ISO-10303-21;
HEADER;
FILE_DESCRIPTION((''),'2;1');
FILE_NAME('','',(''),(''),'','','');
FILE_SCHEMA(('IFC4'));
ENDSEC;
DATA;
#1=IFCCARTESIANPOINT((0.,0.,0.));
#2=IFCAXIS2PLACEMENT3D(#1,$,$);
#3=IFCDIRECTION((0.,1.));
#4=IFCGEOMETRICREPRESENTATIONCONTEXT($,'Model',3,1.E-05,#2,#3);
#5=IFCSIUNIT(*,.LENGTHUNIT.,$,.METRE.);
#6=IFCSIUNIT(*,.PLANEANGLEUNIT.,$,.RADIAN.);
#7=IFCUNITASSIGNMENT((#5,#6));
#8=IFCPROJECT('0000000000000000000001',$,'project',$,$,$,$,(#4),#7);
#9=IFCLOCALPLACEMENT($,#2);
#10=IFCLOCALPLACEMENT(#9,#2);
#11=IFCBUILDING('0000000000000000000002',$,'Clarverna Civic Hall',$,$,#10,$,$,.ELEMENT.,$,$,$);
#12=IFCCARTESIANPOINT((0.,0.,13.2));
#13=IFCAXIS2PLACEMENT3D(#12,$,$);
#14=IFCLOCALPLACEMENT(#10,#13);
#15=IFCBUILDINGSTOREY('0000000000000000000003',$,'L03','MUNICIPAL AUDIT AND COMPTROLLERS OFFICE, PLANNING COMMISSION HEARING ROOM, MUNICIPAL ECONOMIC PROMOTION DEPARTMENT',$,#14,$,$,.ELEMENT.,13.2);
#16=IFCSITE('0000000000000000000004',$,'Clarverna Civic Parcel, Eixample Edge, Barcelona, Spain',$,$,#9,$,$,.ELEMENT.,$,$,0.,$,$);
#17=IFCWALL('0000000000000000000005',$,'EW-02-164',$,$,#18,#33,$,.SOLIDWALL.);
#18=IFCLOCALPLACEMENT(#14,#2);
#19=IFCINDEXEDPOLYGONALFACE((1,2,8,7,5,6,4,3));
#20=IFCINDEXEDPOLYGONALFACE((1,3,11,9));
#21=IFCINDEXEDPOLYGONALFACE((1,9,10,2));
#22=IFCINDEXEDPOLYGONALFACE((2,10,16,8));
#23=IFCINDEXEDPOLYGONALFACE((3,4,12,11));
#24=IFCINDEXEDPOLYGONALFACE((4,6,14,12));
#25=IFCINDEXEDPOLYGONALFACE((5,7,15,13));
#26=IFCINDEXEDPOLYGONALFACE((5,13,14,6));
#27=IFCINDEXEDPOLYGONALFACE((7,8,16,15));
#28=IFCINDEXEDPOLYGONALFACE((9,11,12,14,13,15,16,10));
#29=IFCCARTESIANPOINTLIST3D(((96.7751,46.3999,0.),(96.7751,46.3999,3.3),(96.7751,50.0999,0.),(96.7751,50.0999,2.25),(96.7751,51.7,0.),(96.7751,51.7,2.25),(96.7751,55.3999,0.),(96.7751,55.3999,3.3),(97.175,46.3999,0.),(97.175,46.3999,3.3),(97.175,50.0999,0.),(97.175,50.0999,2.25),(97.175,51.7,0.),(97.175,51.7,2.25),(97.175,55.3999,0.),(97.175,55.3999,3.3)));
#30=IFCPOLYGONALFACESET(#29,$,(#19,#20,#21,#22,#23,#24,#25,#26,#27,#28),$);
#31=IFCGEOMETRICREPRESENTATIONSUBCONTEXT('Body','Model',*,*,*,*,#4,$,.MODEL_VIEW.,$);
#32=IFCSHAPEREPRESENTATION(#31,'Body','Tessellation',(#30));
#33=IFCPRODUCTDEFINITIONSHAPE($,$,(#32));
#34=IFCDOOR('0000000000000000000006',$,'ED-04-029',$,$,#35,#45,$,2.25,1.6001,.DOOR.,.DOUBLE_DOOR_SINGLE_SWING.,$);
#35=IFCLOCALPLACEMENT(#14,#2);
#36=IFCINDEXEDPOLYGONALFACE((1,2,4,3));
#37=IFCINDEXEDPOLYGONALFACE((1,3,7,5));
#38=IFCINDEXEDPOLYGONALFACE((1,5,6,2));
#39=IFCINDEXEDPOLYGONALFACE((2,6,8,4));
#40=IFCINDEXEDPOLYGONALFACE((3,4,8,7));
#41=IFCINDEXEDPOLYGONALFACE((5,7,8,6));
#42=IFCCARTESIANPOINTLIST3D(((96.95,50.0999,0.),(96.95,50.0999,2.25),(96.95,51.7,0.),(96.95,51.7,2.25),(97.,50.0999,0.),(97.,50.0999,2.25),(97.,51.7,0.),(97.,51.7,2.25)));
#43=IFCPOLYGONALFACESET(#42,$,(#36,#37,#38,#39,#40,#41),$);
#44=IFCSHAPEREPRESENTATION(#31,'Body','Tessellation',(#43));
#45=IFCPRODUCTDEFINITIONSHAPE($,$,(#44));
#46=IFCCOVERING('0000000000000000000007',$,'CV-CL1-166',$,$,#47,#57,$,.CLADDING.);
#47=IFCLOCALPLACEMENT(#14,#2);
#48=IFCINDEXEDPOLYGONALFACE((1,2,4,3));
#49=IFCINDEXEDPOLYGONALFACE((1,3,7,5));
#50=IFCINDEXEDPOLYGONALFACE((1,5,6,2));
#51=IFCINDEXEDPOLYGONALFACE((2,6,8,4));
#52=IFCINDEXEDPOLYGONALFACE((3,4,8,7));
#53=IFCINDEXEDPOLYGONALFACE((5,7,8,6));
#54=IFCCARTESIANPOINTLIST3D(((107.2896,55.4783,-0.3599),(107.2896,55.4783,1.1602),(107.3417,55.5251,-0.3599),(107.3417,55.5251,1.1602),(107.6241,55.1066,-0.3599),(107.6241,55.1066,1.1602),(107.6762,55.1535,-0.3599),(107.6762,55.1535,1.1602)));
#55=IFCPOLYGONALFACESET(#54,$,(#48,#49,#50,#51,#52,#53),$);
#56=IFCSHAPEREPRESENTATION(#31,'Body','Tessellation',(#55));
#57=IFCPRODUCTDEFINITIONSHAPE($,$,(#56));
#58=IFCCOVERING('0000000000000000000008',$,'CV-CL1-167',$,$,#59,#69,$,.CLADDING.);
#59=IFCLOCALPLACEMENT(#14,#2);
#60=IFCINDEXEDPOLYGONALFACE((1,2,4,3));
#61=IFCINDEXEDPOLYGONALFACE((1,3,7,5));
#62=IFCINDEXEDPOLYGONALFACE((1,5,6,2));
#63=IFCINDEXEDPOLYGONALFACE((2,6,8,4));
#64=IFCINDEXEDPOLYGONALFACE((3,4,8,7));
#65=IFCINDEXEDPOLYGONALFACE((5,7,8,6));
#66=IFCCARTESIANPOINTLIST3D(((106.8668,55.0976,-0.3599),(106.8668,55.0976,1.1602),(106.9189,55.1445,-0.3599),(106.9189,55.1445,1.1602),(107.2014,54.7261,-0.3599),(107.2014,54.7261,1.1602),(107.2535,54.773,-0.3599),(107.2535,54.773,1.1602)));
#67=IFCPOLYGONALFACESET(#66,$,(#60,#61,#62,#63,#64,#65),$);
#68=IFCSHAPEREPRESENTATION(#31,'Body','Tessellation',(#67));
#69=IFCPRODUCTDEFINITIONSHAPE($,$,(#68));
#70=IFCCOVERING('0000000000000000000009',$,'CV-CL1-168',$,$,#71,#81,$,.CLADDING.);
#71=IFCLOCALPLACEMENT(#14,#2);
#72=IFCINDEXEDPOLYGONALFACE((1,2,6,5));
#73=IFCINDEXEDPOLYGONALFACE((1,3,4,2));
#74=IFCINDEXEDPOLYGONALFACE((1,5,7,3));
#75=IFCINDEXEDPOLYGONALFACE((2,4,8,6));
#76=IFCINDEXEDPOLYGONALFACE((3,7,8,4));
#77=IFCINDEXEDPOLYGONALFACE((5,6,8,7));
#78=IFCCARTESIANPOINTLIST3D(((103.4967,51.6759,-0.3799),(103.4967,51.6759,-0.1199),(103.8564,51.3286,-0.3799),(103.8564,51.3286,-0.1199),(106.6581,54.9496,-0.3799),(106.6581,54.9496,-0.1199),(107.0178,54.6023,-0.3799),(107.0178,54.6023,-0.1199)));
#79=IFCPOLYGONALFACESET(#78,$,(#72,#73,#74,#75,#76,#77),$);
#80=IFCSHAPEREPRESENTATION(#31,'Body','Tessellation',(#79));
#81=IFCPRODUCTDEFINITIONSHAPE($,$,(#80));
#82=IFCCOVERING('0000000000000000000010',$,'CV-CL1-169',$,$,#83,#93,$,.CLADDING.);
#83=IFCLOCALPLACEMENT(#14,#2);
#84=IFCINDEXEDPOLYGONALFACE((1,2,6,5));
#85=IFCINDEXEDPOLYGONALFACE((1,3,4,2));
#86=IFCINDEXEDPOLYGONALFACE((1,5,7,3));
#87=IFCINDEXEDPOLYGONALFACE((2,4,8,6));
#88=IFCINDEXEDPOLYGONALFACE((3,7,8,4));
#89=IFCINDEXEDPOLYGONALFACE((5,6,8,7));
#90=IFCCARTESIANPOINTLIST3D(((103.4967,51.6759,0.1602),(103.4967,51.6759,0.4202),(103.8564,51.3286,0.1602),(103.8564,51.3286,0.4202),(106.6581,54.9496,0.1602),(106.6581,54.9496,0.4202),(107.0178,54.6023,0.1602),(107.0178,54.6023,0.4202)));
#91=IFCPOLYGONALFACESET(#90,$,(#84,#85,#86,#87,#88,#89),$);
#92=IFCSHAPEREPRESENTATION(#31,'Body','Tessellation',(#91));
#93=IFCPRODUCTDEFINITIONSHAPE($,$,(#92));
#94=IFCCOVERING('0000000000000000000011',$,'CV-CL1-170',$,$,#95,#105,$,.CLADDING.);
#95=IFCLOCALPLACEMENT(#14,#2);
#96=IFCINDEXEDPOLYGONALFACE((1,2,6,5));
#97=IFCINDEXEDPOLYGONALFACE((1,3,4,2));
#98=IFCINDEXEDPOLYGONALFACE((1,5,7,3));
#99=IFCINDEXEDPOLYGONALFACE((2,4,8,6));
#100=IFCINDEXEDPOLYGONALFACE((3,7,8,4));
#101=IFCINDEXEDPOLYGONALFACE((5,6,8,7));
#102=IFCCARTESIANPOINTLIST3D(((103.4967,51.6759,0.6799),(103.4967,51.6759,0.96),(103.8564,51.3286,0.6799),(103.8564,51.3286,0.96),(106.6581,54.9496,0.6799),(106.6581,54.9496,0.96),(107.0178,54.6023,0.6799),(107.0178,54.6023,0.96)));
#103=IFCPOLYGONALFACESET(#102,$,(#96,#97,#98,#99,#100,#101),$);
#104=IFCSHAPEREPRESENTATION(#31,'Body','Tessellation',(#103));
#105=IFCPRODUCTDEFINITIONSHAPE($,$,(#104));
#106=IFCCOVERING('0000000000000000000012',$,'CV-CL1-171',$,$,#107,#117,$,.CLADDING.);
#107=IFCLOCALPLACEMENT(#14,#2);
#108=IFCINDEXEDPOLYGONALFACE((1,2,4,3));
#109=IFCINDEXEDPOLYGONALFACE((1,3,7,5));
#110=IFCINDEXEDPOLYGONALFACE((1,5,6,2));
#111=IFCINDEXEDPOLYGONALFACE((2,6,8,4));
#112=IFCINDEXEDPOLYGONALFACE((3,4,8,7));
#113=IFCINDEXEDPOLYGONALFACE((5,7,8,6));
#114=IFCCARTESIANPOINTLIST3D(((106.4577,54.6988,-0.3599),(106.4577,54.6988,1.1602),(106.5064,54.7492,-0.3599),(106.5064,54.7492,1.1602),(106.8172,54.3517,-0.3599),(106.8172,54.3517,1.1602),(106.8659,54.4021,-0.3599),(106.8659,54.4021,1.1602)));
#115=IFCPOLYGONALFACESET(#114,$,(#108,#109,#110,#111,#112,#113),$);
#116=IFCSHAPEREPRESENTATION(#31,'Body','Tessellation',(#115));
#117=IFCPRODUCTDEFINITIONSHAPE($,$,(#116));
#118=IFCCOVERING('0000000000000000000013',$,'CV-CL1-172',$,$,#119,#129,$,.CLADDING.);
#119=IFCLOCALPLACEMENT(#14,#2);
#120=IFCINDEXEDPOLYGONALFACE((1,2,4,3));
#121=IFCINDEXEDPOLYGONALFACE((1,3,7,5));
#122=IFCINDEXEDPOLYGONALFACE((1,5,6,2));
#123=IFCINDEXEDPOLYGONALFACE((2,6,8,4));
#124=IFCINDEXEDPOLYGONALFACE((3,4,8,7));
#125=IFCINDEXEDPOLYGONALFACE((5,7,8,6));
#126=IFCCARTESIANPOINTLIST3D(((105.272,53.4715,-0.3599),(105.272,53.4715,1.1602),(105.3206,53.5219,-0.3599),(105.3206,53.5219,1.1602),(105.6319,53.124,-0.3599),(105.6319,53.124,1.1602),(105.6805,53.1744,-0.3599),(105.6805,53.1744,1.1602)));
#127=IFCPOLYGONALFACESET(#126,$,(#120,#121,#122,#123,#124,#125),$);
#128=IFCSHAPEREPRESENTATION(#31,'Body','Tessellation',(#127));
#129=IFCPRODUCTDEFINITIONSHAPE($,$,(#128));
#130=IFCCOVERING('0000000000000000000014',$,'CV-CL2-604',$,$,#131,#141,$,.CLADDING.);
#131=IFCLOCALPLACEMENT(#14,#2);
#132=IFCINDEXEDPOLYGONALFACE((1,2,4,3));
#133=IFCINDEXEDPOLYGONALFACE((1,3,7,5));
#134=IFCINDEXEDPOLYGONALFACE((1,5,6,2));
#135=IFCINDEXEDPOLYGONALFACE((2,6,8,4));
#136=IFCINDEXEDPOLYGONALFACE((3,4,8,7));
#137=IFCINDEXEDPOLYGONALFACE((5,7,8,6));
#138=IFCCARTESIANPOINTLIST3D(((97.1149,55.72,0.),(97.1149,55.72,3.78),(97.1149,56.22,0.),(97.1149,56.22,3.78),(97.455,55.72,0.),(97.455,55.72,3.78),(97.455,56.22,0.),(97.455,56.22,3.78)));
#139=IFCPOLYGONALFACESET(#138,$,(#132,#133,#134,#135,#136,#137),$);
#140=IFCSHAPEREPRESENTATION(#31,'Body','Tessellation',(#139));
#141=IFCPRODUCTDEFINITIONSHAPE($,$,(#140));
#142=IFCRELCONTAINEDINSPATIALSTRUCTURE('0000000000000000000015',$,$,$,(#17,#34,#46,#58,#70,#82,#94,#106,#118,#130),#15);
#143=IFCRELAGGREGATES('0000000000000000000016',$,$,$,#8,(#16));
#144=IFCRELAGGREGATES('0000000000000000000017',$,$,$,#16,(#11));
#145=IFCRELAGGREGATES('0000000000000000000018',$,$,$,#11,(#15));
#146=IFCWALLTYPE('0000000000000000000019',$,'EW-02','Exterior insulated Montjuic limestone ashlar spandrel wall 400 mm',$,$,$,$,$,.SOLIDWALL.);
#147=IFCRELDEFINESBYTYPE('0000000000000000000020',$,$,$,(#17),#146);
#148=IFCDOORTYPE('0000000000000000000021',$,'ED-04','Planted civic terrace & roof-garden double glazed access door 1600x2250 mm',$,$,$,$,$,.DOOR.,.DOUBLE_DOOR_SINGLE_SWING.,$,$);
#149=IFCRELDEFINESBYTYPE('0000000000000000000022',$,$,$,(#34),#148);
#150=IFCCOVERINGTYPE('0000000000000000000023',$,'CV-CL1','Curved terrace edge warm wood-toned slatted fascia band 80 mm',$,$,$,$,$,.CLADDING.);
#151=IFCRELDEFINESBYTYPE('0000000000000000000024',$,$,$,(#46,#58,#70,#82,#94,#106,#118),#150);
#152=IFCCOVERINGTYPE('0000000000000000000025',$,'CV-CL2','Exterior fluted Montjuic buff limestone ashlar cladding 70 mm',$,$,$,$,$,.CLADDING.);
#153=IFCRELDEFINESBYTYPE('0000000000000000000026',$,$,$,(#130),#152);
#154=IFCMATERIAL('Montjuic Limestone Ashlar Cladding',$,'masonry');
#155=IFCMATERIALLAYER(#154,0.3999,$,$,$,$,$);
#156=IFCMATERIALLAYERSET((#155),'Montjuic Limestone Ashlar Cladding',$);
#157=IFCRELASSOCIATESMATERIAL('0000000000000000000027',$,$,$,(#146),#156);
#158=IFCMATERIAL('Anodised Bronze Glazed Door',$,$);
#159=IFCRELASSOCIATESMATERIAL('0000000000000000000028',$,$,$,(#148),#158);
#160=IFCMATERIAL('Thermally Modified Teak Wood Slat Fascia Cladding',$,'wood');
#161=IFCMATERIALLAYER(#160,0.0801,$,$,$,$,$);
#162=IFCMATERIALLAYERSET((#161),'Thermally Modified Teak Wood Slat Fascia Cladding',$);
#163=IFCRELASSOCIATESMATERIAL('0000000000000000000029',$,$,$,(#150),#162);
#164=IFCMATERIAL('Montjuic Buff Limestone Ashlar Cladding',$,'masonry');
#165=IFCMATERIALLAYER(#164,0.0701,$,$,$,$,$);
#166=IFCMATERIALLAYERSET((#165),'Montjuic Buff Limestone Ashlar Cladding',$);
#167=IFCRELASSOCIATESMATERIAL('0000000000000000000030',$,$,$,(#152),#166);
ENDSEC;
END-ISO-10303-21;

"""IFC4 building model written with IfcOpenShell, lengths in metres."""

from ifc_helpers import new_model, si_unit, direction, frame, frame_2d, origin, place, context, subcontext, project, spatial, rectangle, extrude, material, layer, layer_set, type_object, element, fill, save


model = new_model("IFC4")

# Units and contexts
model_context = context("Model", 3, precision=1e-05, world=origin(), true_north=direction((0.0, 1.0)))
body_context = subcontext(model_context, "Body", "Model", "MODEL_VIEW")
ifc_project = project(units=[si_unit("LENGTHUNIT", "METRE"), si_unit("PLANEANGLEUNIT", "RADIAN")], contexts=[model_context])

# Site, building, storey
site_placement = place(None, origin())
site = spatial("IfcSite", under=ifc_project, at=site_placement, Name="Clarverna Civic Parcel, Eixample Edge, Barcelona, Spain", CompositionType="ELEMENT", RefElevation=0.0)
building_placement = place(site_placement, origin())
building = spatial("IfcBuilding", under=site, at=building_placement, Name="Clarverna Civic Hall", CompositionType="ELEMENT")
storey_placement = place(building_placement, frame((0.0, 0.0, 13.2)))
storey = spatial("IfcBuildingStorey", under=building, at=storey_placement, Name="L03", Description="MUNICIPAL AUDIT AND COMPTROLLERS OFFICE, PLANNING COMMISSION HEARING ROOM, MUNICIPAL ECONOMIC PROMOTION DEPARTMENT", CompositionType="ELEMENT", Elevation=13.2)

# Wall, opening, door
ifc_material_1 = material(Name="Montjuic Limestone Ashlar Cladding", Category="masonry")
ifc_layer_1 = layer(ifc_material_1, 0.3999)
ifc_layer_set_1 = layer_set([ifc_layer_1], Name="Montjuic Limestone Ashlar Cladding")
wall_type = type_object("IfcWallType", Name="EW-02", Description="Exterior insulated Montjuic limestone ashlar spandrel wall 400 mm", PredefinedType="SOLIDWALL", material=ifc_layer_set_1)
wall_placement = place(storey_placement, frame((96.9751, 55.3999, 0.0), z_axis=(0.0, 0.0, 1.0), x_axis=(0.0, -1.0, 0.0)))
wall = element("IfcWall", 1, at=wall_placement, inside=storey, type_object=wall_type, Name="EW-02-164", PredefinedType="SOLIDWALL", context=body_context, shape_type="SweptSolid", body=[
    extrude(rectangle(XDim=9.0, YDim=0.3999, at=frame_2d((4.5, 0.0))), origin(), (0.0, 0.0, 1.0), 3.3),
])
opening_placement = place(wall_placement, frame((3.7, 0.0, 0.0)))
opening = element("IfcOpeningElement", 2, at=opening_placement, cuts=wall, PredefinedType="OPENING", context=body_context, shape_type="SweptSolid", body=[
    extrude(rectangle(XDim=1.6001, YDim=2.25, at=frame_2d((0.8, 1.125))), frame((0.0, 0.21, 0.0), z_axis=(0.0, -1.0, 0.0), x_axis=(1.0, 0.0, 0.0)), (0.0, 0.0, 1.0), 0.4199),
])
ifc_material_2 = material(Name="Anodised Bronze Glazed Door")
door_type = type_object("IfcDoorType", Name="ED-04", Description="Planted civic terrace & roof-garden double glazed access door 1600x2250 mm", OperationType="DOUBLE_DOOR_SINGLE_SWING", PredefinedType="DOOR", material=ifc_material_2)
door_placement = place(opening_placement, origin())
door = element("IfcDoor", 3, at=door_placement, inside=storey, type_object=door_type, Name="ED-04-029", OperationType="DOUBLE_DOOR_SINGLE_SWING", OverallHeight=2.25, OverallWidth=1.6001, PredefinedType="DOOR", context=body_context, shape_type="SweptSolid", body=[
    extrude(rectangle(XDim=1.6001, YDim=2.25, at=frame_2d((0.8, 1.125))), frame((0.0, 0.0249, 0.0), z_axis=(0.0, -1.0, 0.0), x_axis=(1.0, 0.0, 0.0)), (0.0, 0.0, 1.0), 0.05),
])
fill(opening, door)

# Coverings
ifc_material_3 = material(Name="Thermally Modified Teak Wood Slat Fascia Cladding", Category="wood")
ifc_layer_2 = layer(ifc_material_3, 0.0801)
ifc_layer_set_2 = layer_set([ifc_layer_2], Name="Thermally Modified Teak Wood Slat Fascia Cladding")
covering_type_1 = type_object("IfcCoveringType", Name="CV-CL1", Description="Curved terrace edge warm wood-toned slatted fascia band 80 mm", PredefinedType="CLADDING", material=ifc_layer_set_2)
for number, where, z_axis, x_axis, name in (
    (4, (107.3157, 55.5017, -0.3599), (0.0, 0.0, 1.0), (0.669019, -0.743246, 0.0), "CV-CL1-166"),
    (5, (106.8928, 55.1211, -0.3599), (0.0, 0.0, 1.0), (0.669288, -0.743003, 0.0), "CV-CL1-167"),
):
    element("IfcCovering", number, at=place(storey_placement, frame(where, z_axis=z_axis, x_axis=x_axis)), inside=storey, type_object=covering_type_1, Name=name, PredefinedType="CLADDING", context=body_context, shape_type="SweptSolid", body=[
        extrude(rectangle(XDim=0.5, YDim=0.0701, at=frame_2d((0.25, 0.0))), origin(), (0.0, 0.0, 1.0), 1.52),
    ])
for number, where, z_axis, x_axis, name in (
    (6, (106.8379, 54.7759, -0.3799), (0.0, 0.0, 1.0), (-0.694661, -0.719338, 0.0), "CV-CL1-168"),
    (7, (106.8379, 54.7759, 0.1602), (0.0, 0.0, 1.0), (-0.694661, -0.719338, 0.0), "CV-CL1-169"),
):
    element("IfcCovering", number, at=place(storey_placement, frame(where, z_axis=z_axis, x_axis=x_axis)), inside=storey, type_object=covering_type_1, Name=name, PredefinedType="CLADDING", context=body_context, shape_type="SweptSolid", body=[
        extrude(rectangle(XDim=4.551, YDim=0.5, at=frame_2d((2.2754, 0.0))), origin(), (0.0, 0.0, 1.0), 0.26),
    ])
covering_1_placement = place(storey_placement, frame((106.8379, 54.7759, 0.6799), z_axis=(0.0, 0.0, 1.0), x_axis=(-0.694661, -0.719338, 0.0)))
element("IfcCovering", 8, at=covering_1_placement, inside=storey, type_object=covering_type_1, Name="CV-CL1-170", PredefinedType="CLADDING", context=body_context, shape_type="SweptSolid", body=[
    extrude(rectangle(XDim=4.551, YDim=0.5, at=frame_2d((2.2754, 0.0))), origin(), (0.0, 0.0, 1.0), 0.28),
])
covering_2_placement = place(storey_placement, frame((106.4819, 54.7241, -0.3599), z_axis=(0.0, 0.0, 1.0), x_axis=(0.719452, -0.694542, 0.0)))
element("IfcCovering", 9, at=covering_2_placement, inside=storey, type_object=covering_type_1, Name="CV-CL1-171", PredefinedType="CLADDING", context=body_context, shape_type="SweptSolid", body=[
    extrude(rectangle(XDim=0.4998, YDim=0.0701, at=frame_2d((0.25, 0.0))), origin(), (0.0, 0.0, 1.0), 1.52),
])
covering_3_placement = place(storey_placement, frame((105.2964, 53.4966, -0.3599), z_axis=(0.0, 0.0, 1.0), x_axis=(0.719444, -0.694551, 0.0)))
element("IfcCovering", 10, at=covering_3_placement, inside=storey, type_object=covering_type_1, Name="CV-CL1-172", PredefinedType="CLADDING", context=body_context, shape_type="SweptSolid", body=[
    extrude(rectangle(XDim=0.5002, YDim=0.0701, at=frame_2d((0.25, 0.0))), origin(), (0.0, 0.0, 1.0), 1.52),
])
ifc_material_4 = material(Name="Montjuic Buff Limestone Ashlar Cladding", Category="masonry")
ifc_layer_3 = layer(ifc_material_4, 0.0701)
ifc_layer_set_3 = layer_set([ifc_layer_3], Name="Montjuic Buff Limestone Ashlar Cladding")
covering_type_2 = type_object("IfcCoveringType", Name="CV-CL2", Description="Exterior fluted Montjuic buff limestone ashlar cladding 70 mm", PredefinedType="CLADDING", material=ifc_layer_set_3)
covering_4_placement = place(storey_placement, frame((97.2849, 56.22, 0.0), z_axis=(0.0, 0.0, 1.0), x_axis=(0.0, -1.0, 0.0)))
element("IfcCovering", 11, at=covering_4_placement, inside=storey, type_object=covering_type_2, Name="CV-CL2-604", PredefinedType="CLADDING", context=body_context, shape_type="SweptSolid", body=[
    extrude(rectangle(XDim=0.5, YDim=0.3401, at=frame_2d((0.25, 0.0))), origin(), (0.0, 0.0, 1.0), 3.78),
])

save(model, "model.ifc")
